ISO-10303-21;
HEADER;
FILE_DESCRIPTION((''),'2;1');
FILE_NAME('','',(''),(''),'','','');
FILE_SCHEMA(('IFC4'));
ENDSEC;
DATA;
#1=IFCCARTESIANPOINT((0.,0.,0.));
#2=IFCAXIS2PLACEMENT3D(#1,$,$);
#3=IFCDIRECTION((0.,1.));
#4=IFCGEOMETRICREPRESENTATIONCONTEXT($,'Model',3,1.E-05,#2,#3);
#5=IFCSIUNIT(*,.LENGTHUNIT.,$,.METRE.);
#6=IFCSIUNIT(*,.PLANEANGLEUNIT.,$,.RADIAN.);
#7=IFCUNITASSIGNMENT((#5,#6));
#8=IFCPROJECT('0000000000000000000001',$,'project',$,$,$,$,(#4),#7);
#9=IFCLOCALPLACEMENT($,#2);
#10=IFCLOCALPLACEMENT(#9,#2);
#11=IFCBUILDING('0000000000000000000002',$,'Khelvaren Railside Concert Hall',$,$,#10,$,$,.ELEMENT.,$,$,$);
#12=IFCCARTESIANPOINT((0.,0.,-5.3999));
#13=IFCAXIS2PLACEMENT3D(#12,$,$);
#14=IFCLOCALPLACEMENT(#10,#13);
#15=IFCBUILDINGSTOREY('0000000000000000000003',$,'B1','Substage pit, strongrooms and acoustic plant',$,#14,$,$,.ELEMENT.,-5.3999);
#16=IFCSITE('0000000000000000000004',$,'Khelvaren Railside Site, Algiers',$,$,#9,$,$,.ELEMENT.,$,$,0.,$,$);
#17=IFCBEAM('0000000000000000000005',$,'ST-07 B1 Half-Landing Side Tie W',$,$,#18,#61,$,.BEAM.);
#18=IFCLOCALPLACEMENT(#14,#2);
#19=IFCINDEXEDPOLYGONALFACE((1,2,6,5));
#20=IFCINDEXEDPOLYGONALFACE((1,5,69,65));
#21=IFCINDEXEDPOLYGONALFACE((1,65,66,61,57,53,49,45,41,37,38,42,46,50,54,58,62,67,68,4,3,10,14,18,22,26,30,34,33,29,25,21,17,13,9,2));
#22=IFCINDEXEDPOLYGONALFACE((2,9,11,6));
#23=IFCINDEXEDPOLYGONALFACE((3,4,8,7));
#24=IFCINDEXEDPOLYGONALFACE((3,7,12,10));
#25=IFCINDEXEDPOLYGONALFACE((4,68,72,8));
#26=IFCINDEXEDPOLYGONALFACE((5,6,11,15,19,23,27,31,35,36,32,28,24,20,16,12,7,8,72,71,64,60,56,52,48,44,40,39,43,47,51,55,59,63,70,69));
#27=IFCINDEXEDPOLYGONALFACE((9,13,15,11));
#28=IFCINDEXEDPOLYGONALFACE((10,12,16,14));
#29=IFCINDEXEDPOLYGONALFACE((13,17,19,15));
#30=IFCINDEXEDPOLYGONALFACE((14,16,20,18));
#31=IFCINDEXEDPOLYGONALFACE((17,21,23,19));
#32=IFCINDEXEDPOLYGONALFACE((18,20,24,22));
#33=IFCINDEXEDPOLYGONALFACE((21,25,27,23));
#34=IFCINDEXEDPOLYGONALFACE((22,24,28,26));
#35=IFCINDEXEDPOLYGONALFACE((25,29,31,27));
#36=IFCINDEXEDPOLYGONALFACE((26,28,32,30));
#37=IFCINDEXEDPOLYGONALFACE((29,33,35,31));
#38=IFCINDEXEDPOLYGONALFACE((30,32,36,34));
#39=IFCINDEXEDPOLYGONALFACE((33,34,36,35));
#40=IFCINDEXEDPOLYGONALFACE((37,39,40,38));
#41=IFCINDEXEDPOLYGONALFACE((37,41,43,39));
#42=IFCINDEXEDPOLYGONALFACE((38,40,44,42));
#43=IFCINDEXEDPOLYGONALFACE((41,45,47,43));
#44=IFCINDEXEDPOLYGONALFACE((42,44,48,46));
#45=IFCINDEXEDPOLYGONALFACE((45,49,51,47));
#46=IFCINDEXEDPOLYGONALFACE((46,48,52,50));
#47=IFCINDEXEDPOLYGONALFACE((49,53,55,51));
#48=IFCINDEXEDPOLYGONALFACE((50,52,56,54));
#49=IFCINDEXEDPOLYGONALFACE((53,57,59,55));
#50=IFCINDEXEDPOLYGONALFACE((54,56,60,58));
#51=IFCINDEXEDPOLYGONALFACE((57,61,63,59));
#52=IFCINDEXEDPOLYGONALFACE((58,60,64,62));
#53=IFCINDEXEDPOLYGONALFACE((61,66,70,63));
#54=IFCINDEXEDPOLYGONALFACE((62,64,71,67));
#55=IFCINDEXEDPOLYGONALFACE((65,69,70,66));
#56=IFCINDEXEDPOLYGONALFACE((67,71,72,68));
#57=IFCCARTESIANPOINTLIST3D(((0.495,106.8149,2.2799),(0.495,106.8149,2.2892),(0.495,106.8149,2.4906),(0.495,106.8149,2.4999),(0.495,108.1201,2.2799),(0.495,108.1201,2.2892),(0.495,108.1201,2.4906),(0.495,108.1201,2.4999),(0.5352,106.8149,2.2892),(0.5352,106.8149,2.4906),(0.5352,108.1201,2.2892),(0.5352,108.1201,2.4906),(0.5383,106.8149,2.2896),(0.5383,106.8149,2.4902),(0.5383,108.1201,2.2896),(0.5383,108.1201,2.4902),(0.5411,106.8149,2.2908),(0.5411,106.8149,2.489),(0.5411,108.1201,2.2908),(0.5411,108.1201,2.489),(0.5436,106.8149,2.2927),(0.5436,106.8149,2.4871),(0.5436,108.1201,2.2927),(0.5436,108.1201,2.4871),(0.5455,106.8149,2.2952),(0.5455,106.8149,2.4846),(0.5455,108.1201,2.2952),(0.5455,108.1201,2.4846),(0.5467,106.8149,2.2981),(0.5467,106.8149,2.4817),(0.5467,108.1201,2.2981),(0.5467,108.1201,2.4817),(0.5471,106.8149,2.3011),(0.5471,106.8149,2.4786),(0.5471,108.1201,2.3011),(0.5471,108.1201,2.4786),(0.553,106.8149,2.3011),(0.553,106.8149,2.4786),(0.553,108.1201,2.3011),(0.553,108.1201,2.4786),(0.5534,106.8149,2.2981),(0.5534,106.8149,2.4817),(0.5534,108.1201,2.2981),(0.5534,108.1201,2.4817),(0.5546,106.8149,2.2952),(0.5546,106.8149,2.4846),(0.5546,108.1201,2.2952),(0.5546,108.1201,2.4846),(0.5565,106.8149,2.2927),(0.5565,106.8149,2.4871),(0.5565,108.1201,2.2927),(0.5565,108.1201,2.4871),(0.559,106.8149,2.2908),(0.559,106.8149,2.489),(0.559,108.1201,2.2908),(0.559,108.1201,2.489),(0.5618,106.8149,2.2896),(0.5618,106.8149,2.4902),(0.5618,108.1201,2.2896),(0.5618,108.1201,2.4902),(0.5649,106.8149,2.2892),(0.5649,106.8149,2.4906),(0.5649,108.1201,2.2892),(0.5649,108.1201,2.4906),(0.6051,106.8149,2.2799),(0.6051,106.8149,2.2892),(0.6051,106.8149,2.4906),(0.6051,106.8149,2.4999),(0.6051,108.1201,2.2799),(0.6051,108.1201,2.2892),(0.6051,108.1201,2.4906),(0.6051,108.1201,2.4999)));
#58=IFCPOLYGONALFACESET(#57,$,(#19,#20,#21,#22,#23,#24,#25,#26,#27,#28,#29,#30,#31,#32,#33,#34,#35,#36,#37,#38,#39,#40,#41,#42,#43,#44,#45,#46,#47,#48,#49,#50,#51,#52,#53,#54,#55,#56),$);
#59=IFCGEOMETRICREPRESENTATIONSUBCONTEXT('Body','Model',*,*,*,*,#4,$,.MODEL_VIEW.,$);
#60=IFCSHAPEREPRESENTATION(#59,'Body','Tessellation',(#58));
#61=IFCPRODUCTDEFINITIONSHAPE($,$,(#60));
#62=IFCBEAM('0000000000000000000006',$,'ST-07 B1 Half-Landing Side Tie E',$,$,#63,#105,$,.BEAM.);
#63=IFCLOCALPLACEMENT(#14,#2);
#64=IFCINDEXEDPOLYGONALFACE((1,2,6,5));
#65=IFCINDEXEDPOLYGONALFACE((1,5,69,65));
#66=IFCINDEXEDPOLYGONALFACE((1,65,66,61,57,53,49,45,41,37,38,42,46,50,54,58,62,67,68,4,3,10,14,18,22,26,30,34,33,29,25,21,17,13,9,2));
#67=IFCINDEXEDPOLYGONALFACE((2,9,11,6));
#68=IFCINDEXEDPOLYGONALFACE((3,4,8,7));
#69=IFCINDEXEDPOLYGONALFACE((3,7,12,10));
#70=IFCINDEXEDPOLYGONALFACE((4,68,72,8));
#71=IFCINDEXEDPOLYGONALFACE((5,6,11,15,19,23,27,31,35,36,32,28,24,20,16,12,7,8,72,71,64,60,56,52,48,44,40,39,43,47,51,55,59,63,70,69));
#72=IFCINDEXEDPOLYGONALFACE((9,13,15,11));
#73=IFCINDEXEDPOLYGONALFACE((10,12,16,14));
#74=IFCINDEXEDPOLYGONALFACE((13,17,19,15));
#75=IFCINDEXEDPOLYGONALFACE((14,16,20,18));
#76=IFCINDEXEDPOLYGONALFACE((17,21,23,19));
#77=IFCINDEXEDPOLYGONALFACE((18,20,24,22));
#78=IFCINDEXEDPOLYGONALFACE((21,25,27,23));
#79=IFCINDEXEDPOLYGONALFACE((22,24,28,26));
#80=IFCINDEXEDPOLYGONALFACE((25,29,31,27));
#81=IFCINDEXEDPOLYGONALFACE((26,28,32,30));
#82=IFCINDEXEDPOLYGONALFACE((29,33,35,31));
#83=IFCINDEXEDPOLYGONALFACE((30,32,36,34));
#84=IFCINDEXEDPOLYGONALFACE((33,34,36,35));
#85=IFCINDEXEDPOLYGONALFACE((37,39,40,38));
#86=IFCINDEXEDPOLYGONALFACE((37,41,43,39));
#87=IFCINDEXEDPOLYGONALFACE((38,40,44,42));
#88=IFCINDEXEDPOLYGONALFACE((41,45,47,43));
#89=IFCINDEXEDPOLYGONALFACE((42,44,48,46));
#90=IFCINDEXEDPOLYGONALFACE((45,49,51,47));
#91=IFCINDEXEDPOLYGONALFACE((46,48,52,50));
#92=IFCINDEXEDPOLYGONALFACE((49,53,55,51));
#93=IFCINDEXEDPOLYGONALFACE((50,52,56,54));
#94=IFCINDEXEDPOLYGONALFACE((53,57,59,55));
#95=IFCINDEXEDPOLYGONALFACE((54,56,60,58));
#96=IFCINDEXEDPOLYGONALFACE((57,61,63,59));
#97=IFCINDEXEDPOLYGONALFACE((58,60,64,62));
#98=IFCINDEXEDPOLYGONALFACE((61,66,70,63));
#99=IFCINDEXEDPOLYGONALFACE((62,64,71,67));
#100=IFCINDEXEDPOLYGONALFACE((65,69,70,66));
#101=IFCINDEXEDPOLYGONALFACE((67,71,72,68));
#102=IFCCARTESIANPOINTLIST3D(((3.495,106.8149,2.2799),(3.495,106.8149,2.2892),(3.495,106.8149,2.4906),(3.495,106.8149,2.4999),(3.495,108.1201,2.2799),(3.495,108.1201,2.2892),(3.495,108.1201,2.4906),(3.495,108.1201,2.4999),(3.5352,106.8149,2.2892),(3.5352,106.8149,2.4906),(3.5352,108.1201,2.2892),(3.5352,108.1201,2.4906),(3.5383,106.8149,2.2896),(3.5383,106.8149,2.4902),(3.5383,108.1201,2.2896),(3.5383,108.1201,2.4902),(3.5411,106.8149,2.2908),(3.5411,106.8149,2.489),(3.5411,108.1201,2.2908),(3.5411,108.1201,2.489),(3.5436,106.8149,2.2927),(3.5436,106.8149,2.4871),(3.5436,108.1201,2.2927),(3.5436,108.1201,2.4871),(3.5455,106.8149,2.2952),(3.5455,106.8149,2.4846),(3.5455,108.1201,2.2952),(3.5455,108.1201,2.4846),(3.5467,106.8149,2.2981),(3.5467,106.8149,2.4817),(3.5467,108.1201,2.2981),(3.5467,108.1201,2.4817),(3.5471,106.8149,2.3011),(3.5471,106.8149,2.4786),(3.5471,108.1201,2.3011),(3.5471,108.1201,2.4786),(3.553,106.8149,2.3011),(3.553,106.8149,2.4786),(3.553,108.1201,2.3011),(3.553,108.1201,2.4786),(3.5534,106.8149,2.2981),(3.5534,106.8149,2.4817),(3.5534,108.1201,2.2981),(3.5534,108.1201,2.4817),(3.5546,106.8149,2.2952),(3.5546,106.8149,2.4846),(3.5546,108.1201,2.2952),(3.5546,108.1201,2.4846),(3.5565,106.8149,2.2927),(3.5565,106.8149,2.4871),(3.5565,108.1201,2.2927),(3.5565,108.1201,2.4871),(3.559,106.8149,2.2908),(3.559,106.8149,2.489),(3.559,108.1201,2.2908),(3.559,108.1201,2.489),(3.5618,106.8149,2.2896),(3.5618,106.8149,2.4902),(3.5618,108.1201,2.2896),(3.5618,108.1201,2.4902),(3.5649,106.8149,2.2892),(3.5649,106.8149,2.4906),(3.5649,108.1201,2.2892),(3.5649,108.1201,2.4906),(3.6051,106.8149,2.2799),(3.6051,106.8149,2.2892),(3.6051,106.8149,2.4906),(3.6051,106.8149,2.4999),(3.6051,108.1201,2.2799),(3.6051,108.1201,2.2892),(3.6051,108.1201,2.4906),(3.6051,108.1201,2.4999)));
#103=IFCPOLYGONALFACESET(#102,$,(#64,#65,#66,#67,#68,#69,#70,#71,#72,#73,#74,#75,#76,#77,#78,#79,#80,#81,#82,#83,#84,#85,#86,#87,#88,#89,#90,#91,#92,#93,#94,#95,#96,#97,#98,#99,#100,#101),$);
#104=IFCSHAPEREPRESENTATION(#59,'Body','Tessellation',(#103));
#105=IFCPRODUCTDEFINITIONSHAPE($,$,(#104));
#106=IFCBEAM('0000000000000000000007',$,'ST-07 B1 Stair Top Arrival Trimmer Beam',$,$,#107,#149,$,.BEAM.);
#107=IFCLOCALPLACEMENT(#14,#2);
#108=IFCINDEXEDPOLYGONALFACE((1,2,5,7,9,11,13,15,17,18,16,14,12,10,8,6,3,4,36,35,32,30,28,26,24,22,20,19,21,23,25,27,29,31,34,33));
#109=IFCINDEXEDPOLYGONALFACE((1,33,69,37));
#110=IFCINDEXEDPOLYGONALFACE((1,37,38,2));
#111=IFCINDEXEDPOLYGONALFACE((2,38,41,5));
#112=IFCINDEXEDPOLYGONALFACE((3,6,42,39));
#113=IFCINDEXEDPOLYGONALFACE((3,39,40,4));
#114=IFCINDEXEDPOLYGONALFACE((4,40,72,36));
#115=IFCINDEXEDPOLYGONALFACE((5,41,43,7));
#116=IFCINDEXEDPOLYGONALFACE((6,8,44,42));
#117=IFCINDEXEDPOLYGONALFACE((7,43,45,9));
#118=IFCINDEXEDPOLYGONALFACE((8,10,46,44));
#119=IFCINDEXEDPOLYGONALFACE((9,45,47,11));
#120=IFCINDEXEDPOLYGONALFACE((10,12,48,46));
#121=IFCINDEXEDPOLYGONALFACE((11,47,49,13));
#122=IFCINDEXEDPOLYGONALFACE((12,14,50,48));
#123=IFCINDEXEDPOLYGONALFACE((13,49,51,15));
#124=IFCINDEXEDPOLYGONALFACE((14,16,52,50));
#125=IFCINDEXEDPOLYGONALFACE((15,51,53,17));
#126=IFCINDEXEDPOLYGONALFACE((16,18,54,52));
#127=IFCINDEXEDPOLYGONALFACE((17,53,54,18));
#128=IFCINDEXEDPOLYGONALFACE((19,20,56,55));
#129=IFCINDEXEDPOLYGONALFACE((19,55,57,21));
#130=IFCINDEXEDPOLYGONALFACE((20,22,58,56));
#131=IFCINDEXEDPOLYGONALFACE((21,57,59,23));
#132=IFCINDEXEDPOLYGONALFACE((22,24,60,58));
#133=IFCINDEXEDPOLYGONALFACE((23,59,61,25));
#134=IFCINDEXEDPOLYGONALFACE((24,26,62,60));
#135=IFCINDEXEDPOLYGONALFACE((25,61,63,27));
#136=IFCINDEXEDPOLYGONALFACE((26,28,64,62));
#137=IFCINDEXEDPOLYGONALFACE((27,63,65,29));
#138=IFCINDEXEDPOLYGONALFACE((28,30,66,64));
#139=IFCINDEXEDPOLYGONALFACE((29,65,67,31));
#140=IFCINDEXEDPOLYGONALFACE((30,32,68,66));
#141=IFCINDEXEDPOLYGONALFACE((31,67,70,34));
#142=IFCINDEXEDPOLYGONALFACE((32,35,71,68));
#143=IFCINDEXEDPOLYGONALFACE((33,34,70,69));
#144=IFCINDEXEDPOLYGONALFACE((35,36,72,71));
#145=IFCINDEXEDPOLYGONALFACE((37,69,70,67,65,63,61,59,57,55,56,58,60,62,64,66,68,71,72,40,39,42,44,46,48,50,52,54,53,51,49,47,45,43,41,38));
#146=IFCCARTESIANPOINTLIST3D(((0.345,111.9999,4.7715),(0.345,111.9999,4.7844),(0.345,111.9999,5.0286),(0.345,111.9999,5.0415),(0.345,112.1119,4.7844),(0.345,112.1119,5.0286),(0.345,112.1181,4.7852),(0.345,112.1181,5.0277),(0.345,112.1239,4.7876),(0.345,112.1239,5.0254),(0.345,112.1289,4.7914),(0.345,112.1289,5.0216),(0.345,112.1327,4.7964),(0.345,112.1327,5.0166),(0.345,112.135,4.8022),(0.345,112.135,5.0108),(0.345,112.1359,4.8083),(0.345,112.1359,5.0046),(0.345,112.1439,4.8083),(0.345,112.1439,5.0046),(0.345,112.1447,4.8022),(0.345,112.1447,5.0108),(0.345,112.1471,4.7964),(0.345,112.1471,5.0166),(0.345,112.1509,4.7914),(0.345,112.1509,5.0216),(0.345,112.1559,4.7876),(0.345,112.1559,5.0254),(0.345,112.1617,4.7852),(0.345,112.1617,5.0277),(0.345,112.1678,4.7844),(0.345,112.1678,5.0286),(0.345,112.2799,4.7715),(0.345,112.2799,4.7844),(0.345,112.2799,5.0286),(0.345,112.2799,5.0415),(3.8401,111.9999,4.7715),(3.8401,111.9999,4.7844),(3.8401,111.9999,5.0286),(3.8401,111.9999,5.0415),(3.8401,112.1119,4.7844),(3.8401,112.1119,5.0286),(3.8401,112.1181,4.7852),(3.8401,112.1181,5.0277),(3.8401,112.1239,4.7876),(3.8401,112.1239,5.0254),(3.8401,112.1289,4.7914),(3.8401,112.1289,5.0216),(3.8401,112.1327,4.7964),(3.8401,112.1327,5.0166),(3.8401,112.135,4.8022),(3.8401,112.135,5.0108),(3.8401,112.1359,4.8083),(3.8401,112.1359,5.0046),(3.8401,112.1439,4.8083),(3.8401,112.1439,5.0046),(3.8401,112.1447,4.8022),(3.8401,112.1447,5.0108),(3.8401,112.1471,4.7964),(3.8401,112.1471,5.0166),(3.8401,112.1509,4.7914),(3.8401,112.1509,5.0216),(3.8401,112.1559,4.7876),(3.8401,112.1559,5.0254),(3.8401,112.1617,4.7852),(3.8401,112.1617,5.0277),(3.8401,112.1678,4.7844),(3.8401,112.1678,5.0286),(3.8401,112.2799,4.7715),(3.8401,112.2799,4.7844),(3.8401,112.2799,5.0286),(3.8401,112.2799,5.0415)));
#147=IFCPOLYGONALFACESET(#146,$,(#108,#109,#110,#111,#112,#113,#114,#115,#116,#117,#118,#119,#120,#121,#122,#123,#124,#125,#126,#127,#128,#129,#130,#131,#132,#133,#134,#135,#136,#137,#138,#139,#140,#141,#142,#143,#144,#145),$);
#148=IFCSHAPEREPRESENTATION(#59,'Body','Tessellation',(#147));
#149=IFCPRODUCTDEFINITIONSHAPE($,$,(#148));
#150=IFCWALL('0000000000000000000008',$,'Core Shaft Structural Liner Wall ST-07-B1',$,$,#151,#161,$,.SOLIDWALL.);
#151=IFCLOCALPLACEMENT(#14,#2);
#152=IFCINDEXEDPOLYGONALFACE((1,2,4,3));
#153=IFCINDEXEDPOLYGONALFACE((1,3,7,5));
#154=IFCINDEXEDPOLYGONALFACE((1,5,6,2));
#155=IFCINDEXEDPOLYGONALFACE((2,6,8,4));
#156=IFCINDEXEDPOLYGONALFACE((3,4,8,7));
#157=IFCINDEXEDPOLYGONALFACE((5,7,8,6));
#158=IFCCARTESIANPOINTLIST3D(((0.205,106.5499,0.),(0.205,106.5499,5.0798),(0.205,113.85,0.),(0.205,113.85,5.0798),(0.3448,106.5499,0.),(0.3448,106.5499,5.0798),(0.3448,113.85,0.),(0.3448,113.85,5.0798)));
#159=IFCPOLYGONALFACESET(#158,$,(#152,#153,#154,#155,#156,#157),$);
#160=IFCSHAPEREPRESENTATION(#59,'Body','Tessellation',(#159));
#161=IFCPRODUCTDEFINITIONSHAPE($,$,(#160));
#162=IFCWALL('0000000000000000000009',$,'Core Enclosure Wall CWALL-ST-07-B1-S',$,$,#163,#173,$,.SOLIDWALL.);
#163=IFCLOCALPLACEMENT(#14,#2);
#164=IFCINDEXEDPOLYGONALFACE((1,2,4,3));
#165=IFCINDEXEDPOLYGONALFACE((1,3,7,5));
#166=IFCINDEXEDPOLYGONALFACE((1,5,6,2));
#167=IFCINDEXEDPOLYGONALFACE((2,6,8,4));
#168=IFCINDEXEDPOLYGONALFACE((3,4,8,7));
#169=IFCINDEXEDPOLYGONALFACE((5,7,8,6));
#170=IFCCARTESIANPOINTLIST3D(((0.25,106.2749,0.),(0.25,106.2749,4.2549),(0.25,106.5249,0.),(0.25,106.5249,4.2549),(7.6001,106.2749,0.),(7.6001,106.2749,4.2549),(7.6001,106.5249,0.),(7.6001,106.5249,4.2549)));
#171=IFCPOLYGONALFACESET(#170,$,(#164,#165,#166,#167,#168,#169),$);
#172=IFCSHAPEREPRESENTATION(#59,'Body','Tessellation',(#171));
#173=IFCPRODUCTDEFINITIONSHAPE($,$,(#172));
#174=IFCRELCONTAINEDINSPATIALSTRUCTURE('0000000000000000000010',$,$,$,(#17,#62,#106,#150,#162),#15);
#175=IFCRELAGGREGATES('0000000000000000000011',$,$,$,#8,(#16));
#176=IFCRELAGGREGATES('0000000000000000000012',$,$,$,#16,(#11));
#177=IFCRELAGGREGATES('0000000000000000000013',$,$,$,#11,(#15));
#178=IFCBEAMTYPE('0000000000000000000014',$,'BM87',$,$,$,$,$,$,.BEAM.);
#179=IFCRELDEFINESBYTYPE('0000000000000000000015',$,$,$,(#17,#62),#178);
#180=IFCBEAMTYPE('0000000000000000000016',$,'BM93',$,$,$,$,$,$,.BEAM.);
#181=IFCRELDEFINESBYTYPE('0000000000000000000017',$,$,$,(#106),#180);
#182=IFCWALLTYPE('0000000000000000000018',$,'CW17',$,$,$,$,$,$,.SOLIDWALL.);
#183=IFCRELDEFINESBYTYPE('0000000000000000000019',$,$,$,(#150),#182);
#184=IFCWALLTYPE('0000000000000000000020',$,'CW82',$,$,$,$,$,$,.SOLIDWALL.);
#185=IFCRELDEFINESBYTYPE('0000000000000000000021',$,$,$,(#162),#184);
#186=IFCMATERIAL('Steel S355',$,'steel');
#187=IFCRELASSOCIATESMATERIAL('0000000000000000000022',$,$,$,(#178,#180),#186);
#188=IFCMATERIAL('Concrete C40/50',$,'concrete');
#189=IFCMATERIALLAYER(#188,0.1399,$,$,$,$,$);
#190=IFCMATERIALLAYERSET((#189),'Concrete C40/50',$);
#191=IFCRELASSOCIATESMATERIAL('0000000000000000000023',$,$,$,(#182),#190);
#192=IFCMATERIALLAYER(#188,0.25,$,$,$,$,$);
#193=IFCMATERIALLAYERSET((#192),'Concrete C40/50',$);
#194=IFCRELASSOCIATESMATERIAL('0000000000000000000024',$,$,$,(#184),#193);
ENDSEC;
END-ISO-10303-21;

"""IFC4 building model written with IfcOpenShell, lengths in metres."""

from ifc_helpers import new_model, si_unit, direction, frame, frame_2d, origin, origin_2d, place, context, subcontext, project, spatial, rectangle, i_section, extrude, material, layer, layer_set, material_profile, profile_set, type_object, element, save


model = new_model("IFC4")

# Units and contexts
model_context = context("Model", 3, precision=1e-05, world=origin(), true_north=direction((0.0, 1.0)))
body_context = subcontext(model_context, "Body", "Model", "MODEL_VIEW")
ifc_project = project(units=[si_unit("LENGTHUNIT", "METRE"), si_unit("PLANEANGLEUNIT", "RADIAN")], contexts=[model_context])

# Site, building, storey
site_placement = place(None, origin())
site = spatial("IfcSite", under=ifc_project, at=site_placement, Name="Khelvaren Railside Site, Algiers", CompositionType="ELEMENT", RefElevation=0.0)
building_placement = place(site_placement, origin())
building = spatial("IfcBuilding", under=site, at=building_placement, Name="Khelvaren Railside Concert Hall", CompositionType="ELEMENT")
storey_placement = place(building_placement, frame((0.0, 0.0, -5.3999)))
storey = spatial("IfcBuildingStorey", under=building, at=storey_placement, Name="B1", Description="Substage pit, strongrooms and acoustic plant", CompositionType="ELEMENT", Elevation=-5.3999)

# Beams
ifc_material_1 = material(Name="Steel S355", Category="steel")
ifc_material_profile_1 = material_profile(ifc_material_1, i_section(OverallWidth=0.1101, OverallDepth=0.22, WebThickness=0.0059, FlangeThickness=0.0093, FilletRadius=0.012, at=origin_2d()), Name="IPE 220")
ifc_profile_set_1 = profile_set([ifc_material_profile_1], Name="Steel S355")
beam_type_1 = type_object("IfcBeamType", Name="BM87", PredefinedType="BEAM", material=ifc_profile_set_1)
for number, where, z_axis, x_axis, name in (
    (1, (0.55, 106.8149, 2.3899), (0.0, 1.0, 0.0), (-1.0, 0.0, 0.0), "ST-07 B1 Half-Landing Side Tie W"),
    (2, (3.55, 106.8149, 2.3899), (0.0, 1.0, 0.0), (-1.0, 0.0, 0.0), "ST-07 B1 Half-Landing Side Tie E"),
):
    element("IfcBeam", number, at=place(storey_placement, frame(where, z_axis=z_axis, x_axis=x_axis)), inside=storey, type_object=beam_type_1, Name=name, PredefinedType="BEAM", context=body_context, shape_type="SweptSolid", body=[
        extrude(i_section(OverallWidth=0.1101, OverallDepth=0.22, WebThickness=0.0059, FlangeThickness=0.0093, FilletRadius=0.012, at=origin_2d()), origin(), (0.0, 0.0, 1.0), 1.3052),
    ])
ifc_material_profile_2 = material_profile(ifc_material_1, i_section(OverallWidth=0.28, OverallDepth=0.27, WebThickness=0.0081, FlangeThickness=0.0129, FilletRadius=0.0239, at=origin_2d()), Name="HEA 280")
ifc_profile_set_2 = profile_set([ifc_material_profile_2], Name="Steel S355")
beam_type_2 = type_object("IfcBeamType", Name="BM93", PredefinedType="BEAM", material=ifc_profile_set_2)
beam_placement = place(storey_placement, frame((0.345, 112.1399, 4.9065), z_axis=(1.0, 0.0, 0.0), x_axis=(0.0, 1.0, 0.0)))
element("IfcBeam", 3, at=beam_placement, inside=storey, type_object=beam_type_2, Name="ST-07 B1 Stair Top Arrival Trimmer Beam", PredefinedType="BEAM", context=body_context, shape_type="SweptSolid", body=[
    extrude(i_section(OverallWidth=0.28, OverallDepth=0.27, WebThickness=0.0081, FlangeThickness=0.0129, FilletRadius=0.0239, at=origin_2d()), origin(), (0.0, 0.0, 1.0), 3.4951),
])

# Walls
ifc_material_2 = material(Name="Concrete C40/50", Category="concrete")
ifc_layer_1 = layer(ifc_material_2, 0.1399)
ifc_layer_set_1 = layer_set([ifc_layer_1], Name="Concrete C40/50")
wall_type_1 = type_object("IfcWallType", Name="CW17", PredefinedType="SOLIDWALL", material=ifc_layer_set_1)
wall_1_placement = place(storey_placement, frame((0.2749, 106.55, 0.0), z_axis=(0.0, 0.0, 1.0), x_axis=(0.0, 1.0, 0.0)))
element("IfcWall", 4, at=wall_1_placement, inside=storey, type_object=wall_type_1, Name="Core Shaft Structural Liner Wall ST-07-B1", PredefinedType="SOLIDWALL", context=body_context, shape_type="SweptSolid", body=[
    extrude(rectangle(XDim=7.3, YDim=0.1399, at=frame_2d((3.6499, 0.0))), origin(), (0.0, 0.0, 1.0), 5.0798),
])
ifc_layer_2 = layer(ifc_material_2, 0.25)
ifc_layer_set_2 = layer_set([ifc_layer_2], Name="Concrete C40/50")
wall_type_2 = type_object("IfcWallType", Name="CW82", PredefinedType="SOLIDWALL", material=ifc_layer_set_2)
wall_2_placement = place(storey_placement, frame((0.25, 106.3999, 0.0), z_axis=(0.0, 0.0, 1.0), x_axis=(1.0, 0.0, 0.0)))
element("IfcWall", 5, at=wall_2_placement, inside=storey, type_object=wall_type_2, Name="Core Enclosure Wall CWALL-ST-07-B1-S", PredefinedType="SOLIDWALL", context=body_context, shape_type="SweptSolid", body=[
    extrude(rectangle(XDim=7.3501, YDim=0.25, at=frame_2d((3.675, 0.0))), origin(), (0.0, 0.0, 1.0), 4.2549),
])

save(model, "model.ifc")
